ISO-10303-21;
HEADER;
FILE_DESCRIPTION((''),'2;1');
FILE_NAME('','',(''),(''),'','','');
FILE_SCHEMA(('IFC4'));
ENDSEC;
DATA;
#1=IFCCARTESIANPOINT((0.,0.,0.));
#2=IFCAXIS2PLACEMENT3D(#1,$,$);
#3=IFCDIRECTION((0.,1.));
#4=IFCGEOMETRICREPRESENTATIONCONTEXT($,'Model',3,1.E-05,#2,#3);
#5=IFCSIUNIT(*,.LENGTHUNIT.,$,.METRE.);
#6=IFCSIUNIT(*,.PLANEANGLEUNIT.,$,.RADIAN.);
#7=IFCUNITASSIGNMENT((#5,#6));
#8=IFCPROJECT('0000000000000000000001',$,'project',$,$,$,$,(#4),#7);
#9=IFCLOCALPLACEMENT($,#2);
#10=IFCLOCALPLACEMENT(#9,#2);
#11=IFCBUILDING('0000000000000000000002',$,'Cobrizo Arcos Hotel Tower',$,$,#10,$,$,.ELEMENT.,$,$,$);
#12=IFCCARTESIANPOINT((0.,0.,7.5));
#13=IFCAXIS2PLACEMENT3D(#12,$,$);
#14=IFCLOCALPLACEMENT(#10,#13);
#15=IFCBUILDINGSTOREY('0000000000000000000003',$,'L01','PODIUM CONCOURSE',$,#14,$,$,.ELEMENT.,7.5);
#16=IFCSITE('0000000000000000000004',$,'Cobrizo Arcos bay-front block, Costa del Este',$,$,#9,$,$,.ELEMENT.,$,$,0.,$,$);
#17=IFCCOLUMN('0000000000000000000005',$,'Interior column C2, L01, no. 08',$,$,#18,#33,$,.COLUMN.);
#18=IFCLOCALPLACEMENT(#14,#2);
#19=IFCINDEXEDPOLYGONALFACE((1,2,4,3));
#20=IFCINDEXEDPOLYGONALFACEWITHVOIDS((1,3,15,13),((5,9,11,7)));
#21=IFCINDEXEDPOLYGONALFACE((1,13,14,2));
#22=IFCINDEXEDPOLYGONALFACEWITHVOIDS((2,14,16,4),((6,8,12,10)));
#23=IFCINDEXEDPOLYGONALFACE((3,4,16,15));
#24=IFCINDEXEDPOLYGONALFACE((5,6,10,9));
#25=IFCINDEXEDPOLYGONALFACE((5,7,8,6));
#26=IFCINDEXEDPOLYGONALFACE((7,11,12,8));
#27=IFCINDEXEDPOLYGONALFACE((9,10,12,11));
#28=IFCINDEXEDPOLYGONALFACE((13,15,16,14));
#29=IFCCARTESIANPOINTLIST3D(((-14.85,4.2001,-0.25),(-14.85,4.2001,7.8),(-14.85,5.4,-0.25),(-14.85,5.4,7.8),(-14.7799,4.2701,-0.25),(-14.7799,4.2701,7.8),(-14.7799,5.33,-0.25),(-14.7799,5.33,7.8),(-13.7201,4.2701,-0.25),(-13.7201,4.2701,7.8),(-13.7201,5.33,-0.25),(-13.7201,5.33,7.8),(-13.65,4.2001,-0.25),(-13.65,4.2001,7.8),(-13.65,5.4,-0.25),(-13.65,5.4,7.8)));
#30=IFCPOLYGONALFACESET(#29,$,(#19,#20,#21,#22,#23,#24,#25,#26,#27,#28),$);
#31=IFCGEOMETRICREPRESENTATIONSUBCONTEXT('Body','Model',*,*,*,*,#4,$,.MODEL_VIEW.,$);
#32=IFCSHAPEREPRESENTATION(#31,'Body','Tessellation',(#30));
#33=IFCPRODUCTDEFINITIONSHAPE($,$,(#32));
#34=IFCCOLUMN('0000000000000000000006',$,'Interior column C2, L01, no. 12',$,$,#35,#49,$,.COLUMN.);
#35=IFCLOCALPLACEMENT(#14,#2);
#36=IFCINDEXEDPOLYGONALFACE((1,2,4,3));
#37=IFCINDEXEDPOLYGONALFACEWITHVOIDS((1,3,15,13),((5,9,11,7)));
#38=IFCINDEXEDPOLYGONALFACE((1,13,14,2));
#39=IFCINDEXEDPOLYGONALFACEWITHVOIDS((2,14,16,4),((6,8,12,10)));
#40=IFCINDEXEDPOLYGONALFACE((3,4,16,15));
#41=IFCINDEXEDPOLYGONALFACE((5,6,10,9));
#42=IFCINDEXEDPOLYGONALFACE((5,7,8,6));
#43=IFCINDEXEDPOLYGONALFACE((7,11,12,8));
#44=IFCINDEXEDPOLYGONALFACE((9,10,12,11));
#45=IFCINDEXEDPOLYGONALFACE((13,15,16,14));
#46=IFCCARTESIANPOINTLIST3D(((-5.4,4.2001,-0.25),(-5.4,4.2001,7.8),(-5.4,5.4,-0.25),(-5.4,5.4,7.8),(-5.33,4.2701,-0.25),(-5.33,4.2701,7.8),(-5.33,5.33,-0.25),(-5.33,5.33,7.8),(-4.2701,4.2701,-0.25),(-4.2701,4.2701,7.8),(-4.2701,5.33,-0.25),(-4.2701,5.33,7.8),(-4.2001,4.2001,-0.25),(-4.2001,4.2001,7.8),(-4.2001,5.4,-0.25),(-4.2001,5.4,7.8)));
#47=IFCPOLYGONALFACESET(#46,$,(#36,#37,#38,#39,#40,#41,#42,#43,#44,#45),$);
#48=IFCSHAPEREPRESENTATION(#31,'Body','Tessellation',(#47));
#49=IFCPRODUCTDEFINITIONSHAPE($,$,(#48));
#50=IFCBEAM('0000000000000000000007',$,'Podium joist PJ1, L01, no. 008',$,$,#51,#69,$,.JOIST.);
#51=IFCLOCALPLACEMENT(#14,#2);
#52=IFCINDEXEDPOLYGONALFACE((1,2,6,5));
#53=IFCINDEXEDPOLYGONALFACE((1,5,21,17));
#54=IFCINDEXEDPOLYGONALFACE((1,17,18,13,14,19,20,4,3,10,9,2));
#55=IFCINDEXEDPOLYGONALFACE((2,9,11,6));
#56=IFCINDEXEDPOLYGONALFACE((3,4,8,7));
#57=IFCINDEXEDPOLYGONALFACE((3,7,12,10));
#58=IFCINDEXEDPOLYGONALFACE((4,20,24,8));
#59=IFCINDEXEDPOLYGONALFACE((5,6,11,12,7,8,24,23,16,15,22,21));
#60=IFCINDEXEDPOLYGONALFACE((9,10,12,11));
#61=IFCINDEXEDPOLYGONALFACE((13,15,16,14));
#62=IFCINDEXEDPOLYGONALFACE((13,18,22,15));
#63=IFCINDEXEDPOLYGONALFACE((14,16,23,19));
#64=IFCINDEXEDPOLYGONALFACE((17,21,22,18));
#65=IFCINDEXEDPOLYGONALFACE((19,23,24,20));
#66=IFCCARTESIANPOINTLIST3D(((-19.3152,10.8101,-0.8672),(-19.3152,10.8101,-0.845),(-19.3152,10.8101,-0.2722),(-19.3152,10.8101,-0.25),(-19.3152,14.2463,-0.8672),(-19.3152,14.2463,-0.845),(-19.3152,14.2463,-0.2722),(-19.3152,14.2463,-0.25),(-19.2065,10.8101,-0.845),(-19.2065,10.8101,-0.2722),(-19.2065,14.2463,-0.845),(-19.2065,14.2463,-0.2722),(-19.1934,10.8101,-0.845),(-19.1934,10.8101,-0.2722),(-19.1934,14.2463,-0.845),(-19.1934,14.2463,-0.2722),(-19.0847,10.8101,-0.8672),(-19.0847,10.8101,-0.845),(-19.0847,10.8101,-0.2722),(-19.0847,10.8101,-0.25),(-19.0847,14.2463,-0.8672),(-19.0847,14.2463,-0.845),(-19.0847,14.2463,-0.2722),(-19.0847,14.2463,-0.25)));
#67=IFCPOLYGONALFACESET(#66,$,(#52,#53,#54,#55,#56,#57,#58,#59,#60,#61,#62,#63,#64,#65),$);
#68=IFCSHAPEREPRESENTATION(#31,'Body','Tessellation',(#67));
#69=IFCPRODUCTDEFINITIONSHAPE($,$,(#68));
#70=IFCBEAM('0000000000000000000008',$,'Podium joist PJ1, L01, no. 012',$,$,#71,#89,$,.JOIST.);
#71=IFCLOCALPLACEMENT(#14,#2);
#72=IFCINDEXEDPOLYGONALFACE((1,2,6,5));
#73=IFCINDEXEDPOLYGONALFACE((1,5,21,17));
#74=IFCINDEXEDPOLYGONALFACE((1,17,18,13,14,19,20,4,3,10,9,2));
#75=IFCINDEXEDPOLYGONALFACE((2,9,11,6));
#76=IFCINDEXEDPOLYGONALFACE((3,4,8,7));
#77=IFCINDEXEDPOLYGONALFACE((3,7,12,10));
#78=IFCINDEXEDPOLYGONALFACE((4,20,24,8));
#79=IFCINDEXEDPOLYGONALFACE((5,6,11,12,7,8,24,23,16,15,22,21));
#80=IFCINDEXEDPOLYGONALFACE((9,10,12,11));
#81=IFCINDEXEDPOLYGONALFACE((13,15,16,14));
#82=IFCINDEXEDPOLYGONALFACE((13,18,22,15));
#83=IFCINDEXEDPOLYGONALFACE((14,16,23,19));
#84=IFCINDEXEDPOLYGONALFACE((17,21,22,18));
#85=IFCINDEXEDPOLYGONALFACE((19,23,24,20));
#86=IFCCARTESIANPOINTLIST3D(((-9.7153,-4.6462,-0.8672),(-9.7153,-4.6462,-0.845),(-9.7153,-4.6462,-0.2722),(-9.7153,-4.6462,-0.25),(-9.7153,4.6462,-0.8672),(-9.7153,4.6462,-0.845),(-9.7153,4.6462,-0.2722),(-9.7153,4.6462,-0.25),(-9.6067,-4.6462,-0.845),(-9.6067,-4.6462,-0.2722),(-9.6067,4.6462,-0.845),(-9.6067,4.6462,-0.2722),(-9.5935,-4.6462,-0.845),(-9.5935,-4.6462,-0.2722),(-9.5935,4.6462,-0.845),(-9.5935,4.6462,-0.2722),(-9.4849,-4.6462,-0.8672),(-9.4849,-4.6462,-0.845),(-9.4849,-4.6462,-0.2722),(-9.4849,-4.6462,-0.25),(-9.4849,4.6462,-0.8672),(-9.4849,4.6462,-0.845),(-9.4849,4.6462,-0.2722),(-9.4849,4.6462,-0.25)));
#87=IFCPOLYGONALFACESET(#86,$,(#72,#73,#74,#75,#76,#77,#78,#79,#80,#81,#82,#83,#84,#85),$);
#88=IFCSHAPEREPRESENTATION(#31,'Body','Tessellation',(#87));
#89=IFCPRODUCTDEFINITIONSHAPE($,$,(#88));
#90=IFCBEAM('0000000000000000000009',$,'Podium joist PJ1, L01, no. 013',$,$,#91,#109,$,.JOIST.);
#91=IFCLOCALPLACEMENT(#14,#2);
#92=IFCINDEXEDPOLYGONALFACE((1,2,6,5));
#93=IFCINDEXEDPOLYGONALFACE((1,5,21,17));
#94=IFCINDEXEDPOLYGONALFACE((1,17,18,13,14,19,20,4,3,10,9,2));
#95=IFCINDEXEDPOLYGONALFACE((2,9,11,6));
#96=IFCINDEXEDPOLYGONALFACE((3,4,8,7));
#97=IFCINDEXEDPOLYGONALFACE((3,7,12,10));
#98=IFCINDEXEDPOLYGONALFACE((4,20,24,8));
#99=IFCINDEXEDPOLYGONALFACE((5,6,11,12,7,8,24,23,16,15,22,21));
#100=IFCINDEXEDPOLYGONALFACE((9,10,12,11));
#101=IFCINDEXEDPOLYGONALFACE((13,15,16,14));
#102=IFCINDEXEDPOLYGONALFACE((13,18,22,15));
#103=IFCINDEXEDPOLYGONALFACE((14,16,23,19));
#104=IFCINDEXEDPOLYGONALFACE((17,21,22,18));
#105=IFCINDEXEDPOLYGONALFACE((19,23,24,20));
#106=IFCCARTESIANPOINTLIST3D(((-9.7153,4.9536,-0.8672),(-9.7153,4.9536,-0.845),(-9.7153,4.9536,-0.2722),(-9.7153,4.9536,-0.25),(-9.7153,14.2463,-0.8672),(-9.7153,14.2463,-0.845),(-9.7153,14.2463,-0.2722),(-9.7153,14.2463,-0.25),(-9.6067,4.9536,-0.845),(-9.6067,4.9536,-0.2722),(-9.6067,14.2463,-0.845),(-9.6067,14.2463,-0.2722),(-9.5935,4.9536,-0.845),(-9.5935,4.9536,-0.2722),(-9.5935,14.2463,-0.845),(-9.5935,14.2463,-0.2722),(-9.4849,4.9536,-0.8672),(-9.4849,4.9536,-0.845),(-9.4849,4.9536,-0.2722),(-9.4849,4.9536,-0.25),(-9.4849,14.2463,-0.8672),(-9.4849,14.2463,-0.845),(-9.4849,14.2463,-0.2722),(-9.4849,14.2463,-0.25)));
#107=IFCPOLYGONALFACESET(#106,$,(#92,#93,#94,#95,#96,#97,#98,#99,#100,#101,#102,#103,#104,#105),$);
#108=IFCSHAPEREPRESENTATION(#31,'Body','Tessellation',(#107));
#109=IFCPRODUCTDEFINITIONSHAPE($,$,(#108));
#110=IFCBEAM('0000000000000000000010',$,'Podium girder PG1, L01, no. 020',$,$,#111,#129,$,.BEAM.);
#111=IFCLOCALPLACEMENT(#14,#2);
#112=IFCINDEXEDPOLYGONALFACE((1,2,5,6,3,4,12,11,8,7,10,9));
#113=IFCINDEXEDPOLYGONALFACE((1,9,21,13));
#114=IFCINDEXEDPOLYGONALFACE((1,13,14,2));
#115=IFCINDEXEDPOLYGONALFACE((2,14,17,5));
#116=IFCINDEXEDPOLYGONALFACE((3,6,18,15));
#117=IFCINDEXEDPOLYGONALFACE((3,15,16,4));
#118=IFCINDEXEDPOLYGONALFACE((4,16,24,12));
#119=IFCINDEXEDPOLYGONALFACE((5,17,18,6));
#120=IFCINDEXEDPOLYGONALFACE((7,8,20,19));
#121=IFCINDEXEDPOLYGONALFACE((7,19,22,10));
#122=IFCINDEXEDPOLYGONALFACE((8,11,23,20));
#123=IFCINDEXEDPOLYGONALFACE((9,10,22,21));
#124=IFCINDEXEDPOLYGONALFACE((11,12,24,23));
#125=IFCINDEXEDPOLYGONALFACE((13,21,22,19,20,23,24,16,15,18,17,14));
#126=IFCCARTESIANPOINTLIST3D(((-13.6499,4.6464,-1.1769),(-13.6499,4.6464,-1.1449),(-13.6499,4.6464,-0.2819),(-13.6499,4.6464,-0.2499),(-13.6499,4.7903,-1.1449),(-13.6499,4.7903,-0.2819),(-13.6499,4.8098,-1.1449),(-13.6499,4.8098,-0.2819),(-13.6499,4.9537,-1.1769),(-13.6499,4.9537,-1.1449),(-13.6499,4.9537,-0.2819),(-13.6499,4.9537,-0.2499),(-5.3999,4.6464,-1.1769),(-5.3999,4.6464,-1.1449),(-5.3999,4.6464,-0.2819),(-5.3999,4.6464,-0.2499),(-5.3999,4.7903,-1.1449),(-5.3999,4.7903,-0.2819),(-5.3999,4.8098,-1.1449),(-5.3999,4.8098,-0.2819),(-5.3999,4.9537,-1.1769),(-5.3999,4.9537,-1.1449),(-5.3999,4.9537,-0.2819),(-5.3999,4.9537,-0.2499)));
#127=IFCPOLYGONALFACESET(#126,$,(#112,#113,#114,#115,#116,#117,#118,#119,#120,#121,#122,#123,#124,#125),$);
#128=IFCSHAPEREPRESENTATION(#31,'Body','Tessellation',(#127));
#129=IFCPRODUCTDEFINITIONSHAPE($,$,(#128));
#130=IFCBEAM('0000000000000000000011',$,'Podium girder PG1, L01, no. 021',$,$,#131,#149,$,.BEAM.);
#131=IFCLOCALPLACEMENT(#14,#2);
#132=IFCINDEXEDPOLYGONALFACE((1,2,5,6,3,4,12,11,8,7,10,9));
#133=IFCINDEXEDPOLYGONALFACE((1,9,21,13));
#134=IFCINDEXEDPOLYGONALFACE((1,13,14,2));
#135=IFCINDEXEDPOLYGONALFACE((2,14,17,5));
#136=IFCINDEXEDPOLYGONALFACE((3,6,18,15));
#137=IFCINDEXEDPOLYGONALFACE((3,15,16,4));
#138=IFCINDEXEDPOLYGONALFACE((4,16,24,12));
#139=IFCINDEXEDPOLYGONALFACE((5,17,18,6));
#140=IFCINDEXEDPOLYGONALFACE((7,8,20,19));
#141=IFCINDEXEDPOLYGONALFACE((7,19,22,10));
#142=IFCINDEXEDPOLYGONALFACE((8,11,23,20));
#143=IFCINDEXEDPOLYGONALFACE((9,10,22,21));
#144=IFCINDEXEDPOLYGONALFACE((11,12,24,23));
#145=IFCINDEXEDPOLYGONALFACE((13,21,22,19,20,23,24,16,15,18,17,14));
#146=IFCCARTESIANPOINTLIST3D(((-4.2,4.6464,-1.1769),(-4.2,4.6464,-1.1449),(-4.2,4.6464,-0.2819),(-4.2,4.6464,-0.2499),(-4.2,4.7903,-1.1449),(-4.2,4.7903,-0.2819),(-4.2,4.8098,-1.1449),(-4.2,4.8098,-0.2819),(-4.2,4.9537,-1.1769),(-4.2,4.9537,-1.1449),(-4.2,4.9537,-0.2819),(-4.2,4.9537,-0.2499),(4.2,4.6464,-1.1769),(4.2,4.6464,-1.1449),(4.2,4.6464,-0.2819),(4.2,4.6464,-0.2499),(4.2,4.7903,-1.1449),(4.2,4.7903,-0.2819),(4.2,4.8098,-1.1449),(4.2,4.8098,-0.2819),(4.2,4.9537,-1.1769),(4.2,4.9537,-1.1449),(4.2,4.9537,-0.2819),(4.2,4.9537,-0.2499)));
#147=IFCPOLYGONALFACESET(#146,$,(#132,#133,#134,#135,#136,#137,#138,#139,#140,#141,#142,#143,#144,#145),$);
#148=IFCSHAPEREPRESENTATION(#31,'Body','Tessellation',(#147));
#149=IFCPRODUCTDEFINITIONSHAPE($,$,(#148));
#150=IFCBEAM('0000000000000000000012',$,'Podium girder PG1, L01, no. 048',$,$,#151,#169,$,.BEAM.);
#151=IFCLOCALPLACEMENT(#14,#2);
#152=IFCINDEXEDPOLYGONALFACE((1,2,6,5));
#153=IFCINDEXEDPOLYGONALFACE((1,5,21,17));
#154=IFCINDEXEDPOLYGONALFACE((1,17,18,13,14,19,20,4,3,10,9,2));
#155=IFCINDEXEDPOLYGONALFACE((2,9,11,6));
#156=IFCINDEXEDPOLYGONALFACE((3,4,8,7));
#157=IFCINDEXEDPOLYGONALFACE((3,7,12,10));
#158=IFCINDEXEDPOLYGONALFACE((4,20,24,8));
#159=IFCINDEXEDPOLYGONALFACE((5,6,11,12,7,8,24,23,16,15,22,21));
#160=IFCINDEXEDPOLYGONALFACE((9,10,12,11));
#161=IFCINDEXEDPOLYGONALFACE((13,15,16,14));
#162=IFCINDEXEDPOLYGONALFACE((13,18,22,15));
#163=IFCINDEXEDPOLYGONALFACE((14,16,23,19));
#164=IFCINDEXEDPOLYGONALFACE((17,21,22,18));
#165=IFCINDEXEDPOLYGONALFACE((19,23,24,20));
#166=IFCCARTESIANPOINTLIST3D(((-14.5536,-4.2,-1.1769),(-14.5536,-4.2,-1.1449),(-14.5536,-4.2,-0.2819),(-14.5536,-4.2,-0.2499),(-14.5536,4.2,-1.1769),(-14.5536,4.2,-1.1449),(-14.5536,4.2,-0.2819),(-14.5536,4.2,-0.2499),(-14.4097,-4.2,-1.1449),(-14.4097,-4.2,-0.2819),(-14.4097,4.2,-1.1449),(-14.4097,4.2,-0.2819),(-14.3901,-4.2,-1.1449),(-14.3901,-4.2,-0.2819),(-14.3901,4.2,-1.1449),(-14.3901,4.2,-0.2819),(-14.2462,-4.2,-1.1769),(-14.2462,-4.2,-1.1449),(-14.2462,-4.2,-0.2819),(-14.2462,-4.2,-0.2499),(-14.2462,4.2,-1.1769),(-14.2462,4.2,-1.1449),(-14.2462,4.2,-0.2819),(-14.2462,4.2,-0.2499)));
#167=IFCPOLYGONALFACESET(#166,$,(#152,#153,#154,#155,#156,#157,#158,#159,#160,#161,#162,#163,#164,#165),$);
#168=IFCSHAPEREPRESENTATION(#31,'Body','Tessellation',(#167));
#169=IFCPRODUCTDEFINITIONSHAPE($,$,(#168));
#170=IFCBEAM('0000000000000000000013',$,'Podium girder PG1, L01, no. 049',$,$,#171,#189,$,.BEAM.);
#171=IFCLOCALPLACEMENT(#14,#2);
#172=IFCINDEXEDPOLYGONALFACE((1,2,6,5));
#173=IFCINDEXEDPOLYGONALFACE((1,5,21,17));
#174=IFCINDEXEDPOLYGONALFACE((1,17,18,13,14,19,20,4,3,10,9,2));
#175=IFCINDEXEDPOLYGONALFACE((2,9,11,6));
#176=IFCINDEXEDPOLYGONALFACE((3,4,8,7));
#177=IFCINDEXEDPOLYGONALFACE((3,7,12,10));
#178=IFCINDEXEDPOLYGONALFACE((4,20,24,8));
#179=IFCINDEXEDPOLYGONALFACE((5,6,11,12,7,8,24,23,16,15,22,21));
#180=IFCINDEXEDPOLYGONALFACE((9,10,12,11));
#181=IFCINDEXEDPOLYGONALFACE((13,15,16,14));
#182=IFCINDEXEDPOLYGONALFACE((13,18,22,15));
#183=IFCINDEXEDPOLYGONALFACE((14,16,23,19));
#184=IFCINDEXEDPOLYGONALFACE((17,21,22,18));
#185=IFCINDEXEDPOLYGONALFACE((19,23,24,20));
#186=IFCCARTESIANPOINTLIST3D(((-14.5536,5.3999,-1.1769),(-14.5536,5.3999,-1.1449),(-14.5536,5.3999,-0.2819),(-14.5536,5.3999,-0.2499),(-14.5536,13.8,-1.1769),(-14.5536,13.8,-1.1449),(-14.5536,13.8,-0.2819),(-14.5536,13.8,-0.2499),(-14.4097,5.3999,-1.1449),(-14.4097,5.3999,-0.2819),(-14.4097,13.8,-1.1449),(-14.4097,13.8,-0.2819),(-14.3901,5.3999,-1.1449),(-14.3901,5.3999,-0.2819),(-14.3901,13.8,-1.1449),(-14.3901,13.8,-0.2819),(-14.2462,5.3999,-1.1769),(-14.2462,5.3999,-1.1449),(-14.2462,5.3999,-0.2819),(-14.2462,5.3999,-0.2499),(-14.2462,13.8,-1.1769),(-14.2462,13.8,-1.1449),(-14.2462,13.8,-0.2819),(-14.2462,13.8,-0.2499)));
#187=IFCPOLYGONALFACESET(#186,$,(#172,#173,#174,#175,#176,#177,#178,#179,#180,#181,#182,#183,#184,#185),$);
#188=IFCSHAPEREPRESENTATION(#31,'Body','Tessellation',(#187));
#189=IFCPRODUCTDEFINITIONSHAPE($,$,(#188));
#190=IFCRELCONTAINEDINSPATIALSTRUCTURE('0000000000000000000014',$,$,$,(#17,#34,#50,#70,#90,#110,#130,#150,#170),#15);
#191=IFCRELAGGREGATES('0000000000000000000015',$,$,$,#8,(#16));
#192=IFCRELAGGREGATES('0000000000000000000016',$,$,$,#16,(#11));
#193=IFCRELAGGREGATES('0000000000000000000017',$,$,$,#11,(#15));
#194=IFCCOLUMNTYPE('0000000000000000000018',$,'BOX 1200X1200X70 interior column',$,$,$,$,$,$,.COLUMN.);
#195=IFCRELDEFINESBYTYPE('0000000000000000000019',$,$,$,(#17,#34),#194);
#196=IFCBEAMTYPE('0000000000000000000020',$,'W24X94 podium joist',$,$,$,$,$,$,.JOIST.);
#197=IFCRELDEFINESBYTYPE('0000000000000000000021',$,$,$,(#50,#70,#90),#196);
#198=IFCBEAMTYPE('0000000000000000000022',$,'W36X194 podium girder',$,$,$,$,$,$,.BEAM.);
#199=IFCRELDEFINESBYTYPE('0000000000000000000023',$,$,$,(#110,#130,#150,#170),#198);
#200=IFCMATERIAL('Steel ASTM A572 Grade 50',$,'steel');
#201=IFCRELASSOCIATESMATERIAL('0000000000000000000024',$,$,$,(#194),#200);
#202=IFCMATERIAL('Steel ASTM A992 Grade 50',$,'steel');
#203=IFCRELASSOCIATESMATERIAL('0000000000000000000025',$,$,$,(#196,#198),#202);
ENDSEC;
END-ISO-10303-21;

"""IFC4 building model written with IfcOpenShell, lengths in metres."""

from ifc_helpers import new_model, si_unit, direction, frame, origin, origin_2d, place, context, subcontext, project, spatial, hollow_rectangle, i_section, extrude, material, material_profile, profile_set, type_object, element, save


model = new_model("IFC4")

# Units and contexts
model_context = context("Model", 3, precision=1e-05, world=origin(), true_north=direction((0.0, 1.0)))
body_context = subcontext(model_context, "Body", "Model", "MODEL_VIEW")
ifc_project = project(units=[si_unit("LENGTHUNIT", "METRE"), si_unit("PLANEANGLEUNIT", "RADIAN")], contexts=[model_context])

# Site, building, storey
site_placement = place(None, origin())
site = spatial("IfcSite", under=ifc_project, at=site_placement, Name="Cobrizo Arcos bay-front block, Costa del Este", CompositionType="ELEMENT", RefElevation=0.0)
building_placement = place(site_placement, origin())
building = spatial("IfcBuilding", under=site, at=building_placement, Name="Cobrizo Arcos Hotel Tower", CompositionType="ELEMENT")
storey_placement = place(building_placement, frame((0.0, 0.0, 7.5)))
storey = spatial("IfcBuildingStorey", under=building, at=storey_placement, Name="L01", Description="PODIUM CONCOURSE", CompositionType="ELEMENT", Elevation=7.5)

# Columns
ifc_material_1 = material(Name="Steel ASTM A572 Grade 50", Category="steel")
ifc_material_profile_1 = material_profile(ifc_material_1, hollow_rectangle(XDim=1.2, YDim=1.2, WallThickness=0.0701, at=origin_2d()), Name="BOX 1200X1200X70")
ifc_profile_set_1 = profile_set([ifc_material_profile_1], Name="Steel ASTM A572 Grade 50")
column_type = type_object("IfcColumnType", Name="BOX 1200X1200X70 interior column", PredefinedType="COLUMN", material=ifc_profile_set_1)
for number, where, z_axis, x_axis, name in (
    (1, (-14.25, 4.8, -0.25), (0.0, 0.0, 1.0), (1.0, 0.0, 0.0), "Interior column C2, L01, no. 08"),
    (2, (-4.8, 4.8, -0.25), (0.0, 0.0, 1.0), (1.0, 0.0, 0.0), "Interior column C2, L01, no. 12"),
):
    element("IfcColumn", number, at=place(storey_placement, frame(where, z_axis=z_axis, x_axis=x_axis)), inside=storey, type_object=column_type, Name=name, PredefinedType="COLUMN", context=body_context, shape_type="SweptSolid", body=[
        extrude(hollow_rectangle(XDim=1.2, YDim=1.2, WallThickness=0.0701, at=origin_2d()), origin(), (0.0, 0.0, 1.0), 8.05),
    ])

# Beams
ifc_material_2 = material(Name="Steel ASTM A992 Grade 50", Category="steel")
ifc_material_profile_2 = material_profile(ifc_material_2, i_section(OverallWidth=0.2305, OverallDepth=0.6172, WebThickness=0.0132, FlangeThickness=0.0222, at=origin_2d()), Name="W24X94")
ifc_profile_set_2 = profile_set([ifc_material_profile_2], Name="Steel ASTM A992 Grade 50")
beam_type_1 = type_object("IfcBeamType", Name="W24X94 podium joist", PredefinedType="JOIST", material=ifc_profile_set_2)
beam_1_placement = place(storey_placement, frame((-19.2, 10.8101, -0.5586), z_axis=(0.0, 1.0, 0.0), x_axis=(-1.0, 0.0, 0.0)))
element("IfcBeam", 3, at=beam_1_placement, inside=storey, type_object=beam_type_1, Name="Podium joist PJ1, L01, no. 008", PredefinedType="JOIST", context=body_context, shape_type="SweptSolid", body=[
    extrude(i_section(OverallWidth=0.2305, OverallDepth=0.6172, WebThickness=0.0132, FlangeThickness=0.0222, at=origin_2d()), origin(), (0.0, 0.0, 1.0), 3.4363),
])
beam_2_placement = place(storey_placement, frame((-9.6001, -4.6462, -0.5586), z_axis=(0.0, 1.0, 0.0), x_axis=(-1.0, 0.0, 0.0)))
element("IfcBeam", 4, at=beam_2_placement, inside=storey, type_object=beam_type_1, Name="Podium joist PJ1, L01, no. 012", PredefinedType="JOIST", context=body_context, shape_type="SweptSolid", body=[
    extrude(i_section(OverallWidth=0.2305, OverallDepth=0.6172, WebThickness=0.0132, FlangeThickness=0.0222, at=origin_2d()), origin(), (0.0, 0.0, 1.0), 9.2925),
])
beam_3_placement = place(storey_placement, frame((-9.6001, 4.9536, -0.5586), z_axis=(0.0, 1.0, 0.0), x_axis=(-1.0, 0.0, 0.0)))
element("IfcBeam", 5, at=beam_3_placement, inside=storey, type_object=beam_type_1, Name="Podium joist PJ1, L01, no. 013", PredefinedType="JOIST", context=body_context, shape_type="SweptSolid", body=[
    extrude(i_section(OverallWidth=0.2305, OverallDepth=0.6172, WebThickness=0.0132, FlangeThickness=0.0222, at=origin_2d()), origin(), (0.0, 0.0, 1.0), 9.2927),
])
ifc_material_profile_3 = material_profile(ifc_material_2, i_section(OverallWidth=0.3074, OverallDepth=0.927, WebThickness=0.0195, FlangeThickness=0.032, at=origin_2d()), Name="W36X194")
ifc_profile_set_3 = profile_set([ifc_material_profile_3], Name="Steel ASTM A992 Grade 50")
beam_type_2 = type_object("IfcBeamType", Name="W36X194 podium girder", PredefinedType="BEAM", material=ifc_profile_set_3)
beam_4_placement = place(storey_placement, frame((-13.6499, 4.8, -0.7134), z_axis=(1.0, 0.0, 0.0), x_axis=(0.0, 1.0, 0.0)))
element("IfcBeam", 6, at=beam_4_placement, inside=storey, type_object=beam_type_2, Name="Podium girder PG1, L01, no. 020", PredefinedType="BEAM", context=body_context, shape_type="SweptSolid", body=[
    extrude(i_section(OverallWidth=0.3074, OverallDepth=0.927, WebThickness=0.0195, FlangeThickness=0.032, at=origin_2d()), origin(), (0.0, 0.0, 1.0), 8.25),
])
for number, where, z_axis, x_axis, name in (
    (7, (-4.2, 4.8, -0.7134), (1.0, 0.0, 0.0), (0.0, 1.0, 0.0), "Podium girder PG1, L01, no. 021"),
    (8, (-14.3999, -4.2, -0.7134), (0.0, 1.0, 0.0), (-1.0, 0.0, 0.0), "Podium girder PG1, L01, no. 048"),
):
    element("IfcBeam", number, at=place(storey_placement, frame(where, z_axis=z_axis, x_axis=x_axis)), inside=storey, type_object=beam_type_2, Name=name, PredefinedType="BEAM", context=body_context, shape_type="SweptSolid", body=[
        extrude(i_section(OverallWidth=0.3074, OverallDepth=0.927, WebThickness=0.0195, FlangeThickness=0.032, at=origin_2d()), origin(), (0.0, 0.0, 1.0), 8.3999),
    ])
beam_5_placement = place(storey_placement, frame((-14.3999, 5.3999, -0.7134), z_axis=(0.0, 1.0, 0.0), x_axis=(-1.0, 0.0, 0.0)))
element("IfcBeam", 9, at=beam_5_placement, inside=storey, type_object=beam_type_2, Name="Podium girder PG1, L01, no. 049", PredefinedType="BEAM", context=body_context, shape_type="SweptSolid", body=[
    extrude(i_section(OverallWidth=0.3074, OverallDepth=0.927, WebThickness=0.0195, FlangeThickness=0.032, at=origin_2d()), origin(), (0.0, 0.0, 1.0), 8.4001),
])

save(model, "model.ifc")
